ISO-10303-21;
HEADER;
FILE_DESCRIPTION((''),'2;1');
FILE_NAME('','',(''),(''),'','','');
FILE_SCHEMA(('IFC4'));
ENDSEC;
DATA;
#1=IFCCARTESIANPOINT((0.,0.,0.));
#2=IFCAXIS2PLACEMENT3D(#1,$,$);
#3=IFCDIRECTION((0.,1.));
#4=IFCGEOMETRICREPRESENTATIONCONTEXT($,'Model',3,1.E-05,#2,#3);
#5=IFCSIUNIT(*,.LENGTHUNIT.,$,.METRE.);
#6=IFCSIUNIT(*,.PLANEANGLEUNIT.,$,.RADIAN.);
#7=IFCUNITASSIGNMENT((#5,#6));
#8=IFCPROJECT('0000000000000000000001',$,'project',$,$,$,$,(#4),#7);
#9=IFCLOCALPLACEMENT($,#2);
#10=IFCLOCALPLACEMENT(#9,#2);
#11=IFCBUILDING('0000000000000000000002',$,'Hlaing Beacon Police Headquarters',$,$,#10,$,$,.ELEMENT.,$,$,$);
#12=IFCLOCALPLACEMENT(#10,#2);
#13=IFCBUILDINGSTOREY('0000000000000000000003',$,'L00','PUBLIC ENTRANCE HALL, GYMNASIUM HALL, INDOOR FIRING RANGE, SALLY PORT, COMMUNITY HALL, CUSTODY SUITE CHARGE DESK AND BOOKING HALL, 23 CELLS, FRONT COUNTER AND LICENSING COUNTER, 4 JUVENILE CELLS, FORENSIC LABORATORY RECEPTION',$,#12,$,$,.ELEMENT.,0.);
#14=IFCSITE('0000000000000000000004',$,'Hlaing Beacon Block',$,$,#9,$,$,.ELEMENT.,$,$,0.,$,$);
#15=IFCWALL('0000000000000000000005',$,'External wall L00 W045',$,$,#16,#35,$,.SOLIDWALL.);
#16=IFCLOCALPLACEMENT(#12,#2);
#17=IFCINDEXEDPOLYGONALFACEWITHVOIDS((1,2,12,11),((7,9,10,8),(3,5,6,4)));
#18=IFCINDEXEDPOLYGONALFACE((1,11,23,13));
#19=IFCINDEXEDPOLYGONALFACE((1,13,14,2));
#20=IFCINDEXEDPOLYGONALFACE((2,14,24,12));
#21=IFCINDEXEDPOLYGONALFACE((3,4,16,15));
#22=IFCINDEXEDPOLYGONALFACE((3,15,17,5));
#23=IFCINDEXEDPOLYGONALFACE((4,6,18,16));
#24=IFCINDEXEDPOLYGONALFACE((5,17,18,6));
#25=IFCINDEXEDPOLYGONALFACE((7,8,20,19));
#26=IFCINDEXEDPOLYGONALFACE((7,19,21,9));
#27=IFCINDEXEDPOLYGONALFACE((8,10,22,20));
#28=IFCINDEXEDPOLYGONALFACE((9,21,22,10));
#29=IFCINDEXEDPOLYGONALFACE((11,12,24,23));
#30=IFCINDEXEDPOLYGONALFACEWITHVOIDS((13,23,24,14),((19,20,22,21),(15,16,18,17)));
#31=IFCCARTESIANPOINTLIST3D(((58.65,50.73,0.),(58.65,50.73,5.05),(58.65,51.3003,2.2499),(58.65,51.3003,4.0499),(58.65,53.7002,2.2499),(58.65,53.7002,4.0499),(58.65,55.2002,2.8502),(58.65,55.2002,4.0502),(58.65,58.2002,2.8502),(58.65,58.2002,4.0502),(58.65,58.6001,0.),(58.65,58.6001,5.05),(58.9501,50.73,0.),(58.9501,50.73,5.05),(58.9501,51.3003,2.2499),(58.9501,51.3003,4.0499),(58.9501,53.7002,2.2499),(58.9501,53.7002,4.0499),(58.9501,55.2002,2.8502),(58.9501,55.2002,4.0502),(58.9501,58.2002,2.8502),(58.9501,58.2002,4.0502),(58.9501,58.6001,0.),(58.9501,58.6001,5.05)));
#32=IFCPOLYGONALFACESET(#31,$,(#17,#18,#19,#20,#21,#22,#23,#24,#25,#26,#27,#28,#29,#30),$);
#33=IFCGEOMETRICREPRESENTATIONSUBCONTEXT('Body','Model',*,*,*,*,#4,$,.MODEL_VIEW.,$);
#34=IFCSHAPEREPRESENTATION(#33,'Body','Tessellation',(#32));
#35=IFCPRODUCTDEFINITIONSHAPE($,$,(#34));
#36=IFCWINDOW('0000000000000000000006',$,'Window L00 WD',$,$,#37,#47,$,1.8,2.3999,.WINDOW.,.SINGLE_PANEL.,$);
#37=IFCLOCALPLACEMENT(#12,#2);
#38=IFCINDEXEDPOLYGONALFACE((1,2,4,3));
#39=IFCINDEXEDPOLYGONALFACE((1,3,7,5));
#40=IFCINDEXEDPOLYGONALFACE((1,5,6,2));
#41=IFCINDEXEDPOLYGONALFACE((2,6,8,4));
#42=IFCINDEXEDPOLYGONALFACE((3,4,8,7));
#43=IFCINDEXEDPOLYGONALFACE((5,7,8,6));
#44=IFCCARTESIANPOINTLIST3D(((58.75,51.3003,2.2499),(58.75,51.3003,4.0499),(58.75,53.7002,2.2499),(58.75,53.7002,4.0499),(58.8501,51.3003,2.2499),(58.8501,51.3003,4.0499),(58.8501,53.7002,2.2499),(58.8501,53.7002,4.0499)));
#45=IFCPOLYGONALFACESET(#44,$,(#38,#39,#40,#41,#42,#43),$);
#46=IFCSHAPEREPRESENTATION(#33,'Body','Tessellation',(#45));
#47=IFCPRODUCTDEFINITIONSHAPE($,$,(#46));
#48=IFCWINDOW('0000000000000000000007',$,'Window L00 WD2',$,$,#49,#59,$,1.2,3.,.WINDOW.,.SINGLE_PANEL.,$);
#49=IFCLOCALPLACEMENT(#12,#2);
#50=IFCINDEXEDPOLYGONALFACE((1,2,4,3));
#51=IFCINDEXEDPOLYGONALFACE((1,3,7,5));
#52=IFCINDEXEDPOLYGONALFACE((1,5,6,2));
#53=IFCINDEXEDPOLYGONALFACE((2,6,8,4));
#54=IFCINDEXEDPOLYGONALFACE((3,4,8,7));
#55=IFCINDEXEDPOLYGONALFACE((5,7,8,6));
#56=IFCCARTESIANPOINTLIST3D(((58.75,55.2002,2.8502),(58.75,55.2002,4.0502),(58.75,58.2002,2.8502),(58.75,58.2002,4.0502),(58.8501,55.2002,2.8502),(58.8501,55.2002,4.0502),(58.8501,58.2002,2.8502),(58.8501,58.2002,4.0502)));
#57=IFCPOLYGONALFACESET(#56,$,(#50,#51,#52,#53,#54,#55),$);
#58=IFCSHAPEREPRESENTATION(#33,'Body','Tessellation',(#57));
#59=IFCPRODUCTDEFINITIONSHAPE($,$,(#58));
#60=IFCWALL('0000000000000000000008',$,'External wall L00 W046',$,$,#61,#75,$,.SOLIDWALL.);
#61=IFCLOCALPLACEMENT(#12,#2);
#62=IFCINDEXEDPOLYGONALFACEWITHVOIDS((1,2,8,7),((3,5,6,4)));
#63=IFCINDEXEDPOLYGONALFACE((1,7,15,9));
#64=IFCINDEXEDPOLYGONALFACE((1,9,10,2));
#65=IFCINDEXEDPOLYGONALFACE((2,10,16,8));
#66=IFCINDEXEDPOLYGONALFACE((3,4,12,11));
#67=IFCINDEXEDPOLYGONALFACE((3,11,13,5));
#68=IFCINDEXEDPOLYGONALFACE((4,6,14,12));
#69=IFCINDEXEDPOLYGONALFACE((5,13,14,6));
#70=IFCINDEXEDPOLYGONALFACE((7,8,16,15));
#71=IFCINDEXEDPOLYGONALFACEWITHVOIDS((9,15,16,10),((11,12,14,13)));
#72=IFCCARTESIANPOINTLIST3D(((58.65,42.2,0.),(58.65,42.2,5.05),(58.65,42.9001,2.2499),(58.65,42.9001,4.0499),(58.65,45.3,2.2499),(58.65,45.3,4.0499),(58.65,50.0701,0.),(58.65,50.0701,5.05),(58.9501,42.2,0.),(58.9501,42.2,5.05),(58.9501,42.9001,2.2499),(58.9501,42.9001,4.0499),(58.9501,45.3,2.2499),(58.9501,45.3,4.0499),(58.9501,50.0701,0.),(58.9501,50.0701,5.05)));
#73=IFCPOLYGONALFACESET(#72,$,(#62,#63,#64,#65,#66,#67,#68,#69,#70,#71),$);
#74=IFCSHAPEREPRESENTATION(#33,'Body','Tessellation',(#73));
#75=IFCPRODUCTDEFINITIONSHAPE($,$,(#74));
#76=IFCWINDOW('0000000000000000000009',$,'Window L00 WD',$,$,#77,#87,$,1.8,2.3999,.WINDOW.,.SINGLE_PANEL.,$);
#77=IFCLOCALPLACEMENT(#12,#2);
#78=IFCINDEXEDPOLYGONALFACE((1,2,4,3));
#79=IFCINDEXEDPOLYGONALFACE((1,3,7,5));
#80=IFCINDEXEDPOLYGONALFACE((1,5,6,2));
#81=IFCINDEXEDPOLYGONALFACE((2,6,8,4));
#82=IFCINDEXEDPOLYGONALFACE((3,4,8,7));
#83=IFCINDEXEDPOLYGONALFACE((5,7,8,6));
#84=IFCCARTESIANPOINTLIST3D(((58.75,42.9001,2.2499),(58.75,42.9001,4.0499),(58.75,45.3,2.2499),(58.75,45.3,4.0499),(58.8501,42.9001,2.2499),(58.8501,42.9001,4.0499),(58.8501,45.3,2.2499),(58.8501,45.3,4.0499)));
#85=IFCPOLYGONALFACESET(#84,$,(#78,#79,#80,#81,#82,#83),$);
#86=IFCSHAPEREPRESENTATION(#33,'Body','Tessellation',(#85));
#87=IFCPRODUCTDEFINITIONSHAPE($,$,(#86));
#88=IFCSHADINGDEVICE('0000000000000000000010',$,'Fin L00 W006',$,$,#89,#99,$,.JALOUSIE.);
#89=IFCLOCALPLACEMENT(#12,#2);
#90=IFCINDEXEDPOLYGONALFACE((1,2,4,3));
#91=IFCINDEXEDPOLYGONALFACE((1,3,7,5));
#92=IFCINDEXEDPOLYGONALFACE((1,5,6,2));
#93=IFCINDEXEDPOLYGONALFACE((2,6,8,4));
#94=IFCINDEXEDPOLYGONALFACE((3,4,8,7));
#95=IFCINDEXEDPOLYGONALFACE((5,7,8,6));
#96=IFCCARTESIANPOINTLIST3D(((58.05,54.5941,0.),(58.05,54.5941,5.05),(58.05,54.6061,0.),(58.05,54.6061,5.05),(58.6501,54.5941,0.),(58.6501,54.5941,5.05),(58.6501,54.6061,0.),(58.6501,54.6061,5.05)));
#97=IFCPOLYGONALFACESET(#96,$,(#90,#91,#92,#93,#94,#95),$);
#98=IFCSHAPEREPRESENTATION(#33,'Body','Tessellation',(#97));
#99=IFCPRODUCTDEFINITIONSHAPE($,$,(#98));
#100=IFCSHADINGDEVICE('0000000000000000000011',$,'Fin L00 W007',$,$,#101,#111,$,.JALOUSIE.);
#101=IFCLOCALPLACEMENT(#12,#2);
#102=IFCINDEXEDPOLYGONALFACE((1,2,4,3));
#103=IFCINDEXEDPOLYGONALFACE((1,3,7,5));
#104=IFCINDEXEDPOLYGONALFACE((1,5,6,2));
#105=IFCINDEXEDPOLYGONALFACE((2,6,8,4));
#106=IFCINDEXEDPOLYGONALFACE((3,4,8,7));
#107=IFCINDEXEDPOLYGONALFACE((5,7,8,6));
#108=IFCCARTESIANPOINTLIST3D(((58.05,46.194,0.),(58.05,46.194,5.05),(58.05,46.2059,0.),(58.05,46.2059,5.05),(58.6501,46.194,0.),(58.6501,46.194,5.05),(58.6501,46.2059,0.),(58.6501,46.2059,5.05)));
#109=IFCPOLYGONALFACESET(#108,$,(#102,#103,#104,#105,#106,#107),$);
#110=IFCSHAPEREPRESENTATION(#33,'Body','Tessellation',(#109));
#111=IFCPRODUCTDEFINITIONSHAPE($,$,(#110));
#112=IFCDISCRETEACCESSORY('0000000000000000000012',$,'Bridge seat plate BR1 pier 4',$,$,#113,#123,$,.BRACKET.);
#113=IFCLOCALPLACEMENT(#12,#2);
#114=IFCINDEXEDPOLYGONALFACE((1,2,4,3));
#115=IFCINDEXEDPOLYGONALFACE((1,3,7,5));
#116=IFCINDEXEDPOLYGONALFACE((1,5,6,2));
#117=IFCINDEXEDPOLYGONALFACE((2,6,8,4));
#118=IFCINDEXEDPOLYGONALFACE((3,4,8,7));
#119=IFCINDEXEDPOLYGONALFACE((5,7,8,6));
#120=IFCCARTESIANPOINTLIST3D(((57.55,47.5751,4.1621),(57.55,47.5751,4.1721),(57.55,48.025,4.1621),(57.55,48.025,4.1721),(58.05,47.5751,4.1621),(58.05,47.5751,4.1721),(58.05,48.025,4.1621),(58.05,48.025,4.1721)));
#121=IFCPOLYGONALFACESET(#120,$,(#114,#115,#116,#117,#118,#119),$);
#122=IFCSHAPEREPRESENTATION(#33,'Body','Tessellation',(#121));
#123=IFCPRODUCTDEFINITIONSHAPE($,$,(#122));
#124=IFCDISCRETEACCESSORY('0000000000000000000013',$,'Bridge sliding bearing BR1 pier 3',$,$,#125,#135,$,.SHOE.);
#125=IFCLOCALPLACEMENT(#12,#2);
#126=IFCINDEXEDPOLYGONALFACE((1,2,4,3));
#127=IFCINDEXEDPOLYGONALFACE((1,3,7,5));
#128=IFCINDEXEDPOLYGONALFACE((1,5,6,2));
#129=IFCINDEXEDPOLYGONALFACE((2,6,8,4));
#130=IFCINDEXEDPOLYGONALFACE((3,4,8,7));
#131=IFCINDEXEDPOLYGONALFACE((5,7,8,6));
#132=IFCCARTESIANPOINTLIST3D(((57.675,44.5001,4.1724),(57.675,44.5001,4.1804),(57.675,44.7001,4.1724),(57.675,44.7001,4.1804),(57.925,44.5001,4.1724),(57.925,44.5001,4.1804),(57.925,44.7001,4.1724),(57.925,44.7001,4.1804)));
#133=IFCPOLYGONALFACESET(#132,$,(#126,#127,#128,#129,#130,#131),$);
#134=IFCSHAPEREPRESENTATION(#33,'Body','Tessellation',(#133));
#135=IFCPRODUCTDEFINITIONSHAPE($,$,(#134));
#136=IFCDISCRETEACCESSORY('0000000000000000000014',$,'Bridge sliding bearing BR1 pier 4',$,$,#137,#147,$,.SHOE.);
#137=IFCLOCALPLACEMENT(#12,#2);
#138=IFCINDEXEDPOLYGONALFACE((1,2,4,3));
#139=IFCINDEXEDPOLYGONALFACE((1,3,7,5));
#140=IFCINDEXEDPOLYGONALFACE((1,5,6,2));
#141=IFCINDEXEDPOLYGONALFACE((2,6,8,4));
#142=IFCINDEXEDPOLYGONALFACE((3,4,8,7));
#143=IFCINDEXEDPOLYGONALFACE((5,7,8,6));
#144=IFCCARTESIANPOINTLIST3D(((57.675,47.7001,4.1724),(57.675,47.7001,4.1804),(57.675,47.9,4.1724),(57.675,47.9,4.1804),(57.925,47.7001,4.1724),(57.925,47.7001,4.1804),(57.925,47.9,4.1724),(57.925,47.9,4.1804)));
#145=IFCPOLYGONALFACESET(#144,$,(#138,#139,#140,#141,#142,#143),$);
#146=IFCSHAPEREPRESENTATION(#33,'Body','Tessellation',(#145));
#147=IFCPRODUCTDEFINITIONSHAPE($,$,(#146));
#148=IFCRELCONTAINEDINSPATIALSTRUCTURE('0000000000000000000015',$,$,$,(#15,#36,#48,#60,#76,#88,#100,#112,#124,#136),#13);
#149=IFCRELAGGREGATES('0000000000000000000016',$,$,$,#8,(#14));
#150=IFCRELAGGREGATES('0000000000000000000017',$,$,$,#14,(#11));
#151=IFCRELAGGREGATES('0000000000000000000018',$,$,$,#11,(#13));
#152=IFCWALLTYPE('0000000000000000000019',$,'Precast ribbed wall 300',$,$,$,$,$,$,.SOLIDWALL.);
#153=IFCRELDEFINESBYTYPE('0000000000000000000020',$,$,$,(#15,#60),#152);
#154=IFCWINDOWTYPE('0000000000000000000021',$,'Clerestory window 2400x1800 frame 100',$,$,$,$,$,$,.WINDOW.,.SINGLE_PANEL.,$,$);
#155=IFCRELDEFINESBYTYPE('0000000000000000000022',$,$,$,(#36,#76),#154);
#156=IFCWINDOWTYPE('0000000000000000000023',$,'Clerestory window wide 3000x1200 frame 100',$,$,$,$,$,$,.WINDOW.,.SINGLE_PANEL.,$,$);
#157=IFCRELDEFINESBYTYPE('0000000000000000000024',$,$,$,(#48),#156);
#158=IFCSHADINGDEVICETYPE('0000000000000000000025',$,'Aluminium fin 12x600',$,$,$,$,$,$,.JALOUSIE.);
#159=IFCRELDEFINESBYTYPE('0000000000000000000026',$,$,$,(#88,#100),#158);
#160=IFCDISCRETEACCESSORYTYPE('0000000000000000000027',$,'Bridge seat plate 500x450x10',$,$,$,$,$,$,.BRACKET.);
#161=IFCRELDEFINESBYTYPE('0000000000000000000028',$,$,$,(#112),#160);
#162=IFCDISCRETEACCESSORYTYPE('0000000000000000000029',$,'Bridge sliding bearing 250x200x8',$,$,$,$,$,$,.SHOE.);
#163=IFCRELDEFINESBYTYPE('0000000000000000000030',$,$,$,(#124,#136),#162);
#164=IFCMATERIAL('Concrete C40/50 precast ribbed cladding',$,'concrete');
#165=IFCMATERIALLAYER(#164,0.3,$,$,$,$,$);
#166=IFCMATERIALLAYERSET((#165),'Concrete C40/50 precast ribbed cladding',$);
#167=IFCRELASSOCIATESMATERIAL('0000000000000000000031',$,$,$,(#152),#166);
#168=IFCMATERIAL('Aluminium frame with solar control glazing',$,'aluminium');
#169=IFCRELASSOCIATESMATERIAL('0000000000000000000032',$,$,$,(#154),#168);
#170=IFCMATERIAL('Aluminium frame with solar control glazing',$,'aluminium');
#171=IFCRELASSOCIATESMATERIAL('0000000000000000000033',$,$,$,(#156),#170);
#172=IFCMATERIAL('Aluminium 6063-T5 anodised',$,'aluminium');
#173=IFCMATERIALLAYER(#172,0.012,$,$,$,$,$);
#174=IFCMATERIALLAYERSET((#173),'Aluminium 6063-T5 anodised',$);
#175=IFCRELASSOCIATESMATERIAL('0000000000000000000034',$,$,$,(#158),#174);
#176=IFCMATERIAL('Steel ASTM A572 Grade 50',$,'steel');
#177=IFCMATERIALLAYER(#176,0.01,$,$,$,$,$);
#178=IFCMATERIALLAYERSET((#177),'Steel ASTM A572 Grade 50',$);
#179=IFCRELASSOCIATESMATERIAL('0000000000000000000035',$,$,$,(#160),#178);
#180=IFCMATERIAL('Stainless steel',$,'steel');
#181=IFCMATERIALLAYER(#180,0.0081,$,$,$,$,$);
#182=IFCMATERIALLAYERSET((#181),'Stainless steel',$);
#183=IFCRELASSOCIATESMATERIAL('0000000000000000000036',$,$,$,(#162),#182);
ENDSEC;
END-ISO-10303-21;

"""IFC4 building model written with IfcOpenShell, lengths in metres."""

from ifc_helpers import new_model, si_unit, direction, frame, frame_2d, origin, origin_2d, place, context, subcontext, project, spatial, rectangle, extrude, material, layer, layer_set, type_object, element, fill, save


model = new_model("IFC4")

# Units and contexts
model_context = context("Model", 3, precision=1e-05, world=origin(), true_north=direction((0.0, 1.0)))
body_context = subcontext(model_context, "Body", "Model", "MODEL_VIEW")
ifc_project = project(units=[si_unit("LENGTHUNIT", "METRE"), si_unit("PLANEANGLEUNIT", "RADIAN")], contexts=[model_context])

# Site, building, storey
site_placement = place(None, origin())
site = spatial("IfcSite", under=ifc_project, at=site_placement, Name="Hlaing Beacon Block", CompositionType="ELEMENT", RefElevation=0.0)
building_placement = place(site_placement, origin())
building = spatial("IfcBuilding", under=site, at=building_placement, Name="Hlaing Beacon Police Headquarters", CompositionType="ELEMENT")
storey_placement = place(building_placement, origin())
storey = spatial("IfcBuildingStorey", under=building, at=storey_placement, Name="L00", Description="PUBLIC ENTRANCE HALL, GYMNASIUM HALL, INDOOR FIRING RANGE, SALLY PORT, COMMUNITY HALL, CUSTODY SUITE CHARGE DESK AND BOOKING HALL, 23 CELLS, FRONT COUNTER AND LICENSING COUNTER, 4 JUVENILE CELLS, FORENSIC LABORATORY RECEPTION", CompositionType="ELEMENT", Elevation=0.0)

# Wall, openings, windows
ifc_material_1 = material(Name="Concrete C40/50 precast ribbed cladding", Category="concrete")
ifc_layer_1 = layer(ifc_material_1, 0.3)
ifc_layer_set_1 = layer_set([ifc_layer_1], Name="Concrete C40/50 precast ribbed cladding")
wall_type_1 = type_object("IfcWallType", Name="Precast ribbed wall 300", PredefinedType="SOLIDWALL", material=ifc_layer_set_1)
wall_1_placement = place(storey_placement, frame((58.8, 58.6001, 0.0), z_axis=(0.0, 0.0, 1.0), x_axis=(0.0, -1.0, 0.0)))
wall_1 = element("IfcWall", 1, at=wall_1_placement, inside=storey, type_object=wall_type_1, Name="External wall L00 W045", PredefinedType="SOLIDWALL", context=body_context, shape_type="SweptSolid", body=[
    extrude(rectangle(XDim=7.8701, YDim=0.3, at=frame_2d((3.9351, 0.0))), origin(), (0.0, 0.0, 1.0), 5.05),
])
opening_1_placement = place(wall_1_placement, frame((0.3999, 0.0, 2.8501)))
opening_1 = element("IfcOpeningElement", 2, at=opening_1_placement, cuts=wall_1, PredefinedType="OPENING", context=body_context, shape_type="SweptSolid", body=[
    extrude(rectangle(XDim=3.0, YDim=1.2, at=frame_2d((1.5, 0.6001))), frame((0.0, 0.1602, 0.0), z_axis=(0.0, -1.0, 0.0), x_axis=(1.0, 0.0, 0.0)), (0.0, 0.0, 1.0), 0.3201),
])
opening_2_placement = place(wall_1_placement, frame((4.8999, 0.0, 2.25)))
opening_2 = element("IfcOpeningElement", 3, at=opening_2_placement, cuts=wall_1, PredefinedType="OPENING", context=body_context, shape_type="SweptSolid", body=[
    extrude(rectangle(XDim=2.3999, YDim=1.8, at=frame_2d((1.2, 0.8999))), frame((0.0, 0.1602, 0.0), z_axis=(0.0, -1.0, 0.0), x_axis=(1.0, 0.0, 0.0)), (0.0, 0.0, 1.0), 0.3201),
])
ifc_material_2 = material(Name="Aluminium frame with solar control glazing", Category="aluminium")
window_type_1 = type_object("IfcWindowType", Name="Clerestory window 2400x1800 frame 100", PartitioningType="SINGLE_PANEL", PredefinedType="WINDOW", material=ifc_material_2)
window_1_placement = place(opening_2_placement, origin())
window_1 = element("IfcWindow", 4, at=window_1_placement, inside=storey, type_object=window_type_1, Name="Window L00 WD", OverallHeight=1.8, OverallWidth=2.3999, PartitioningType="SINGLE_PANEL", PredefinedType="WINDOW", context=body_context, shape_type="SweptSolid", body=[
    extrude(rectangle(XDim=2.3999, YDim=1.8, at=frame_2d((1.2, 0.8999))), frame((0.0, 0.05, 0.0), z_axis=(0.0, -1.0, 0.0), x_axis=(1.0, 0.0, 0.0)), (0.0, 0.0, 1.0), 0.1001),
])
fill(opening_2, window_1)
ifc_material_3 = material(Name="Aluminium frame with solar control glazing", Category="aluminium")
window_type_2 = type_object("IfcWindowType", Name="Clerestory window wide 3000x1200 frame 100", PartitioningType="SINGLE_PANEL", PredefinedType="WINDOW", material=ifc_material_3)
window_2_placement = place(opening_1_placement, origin())
window_2 = element("IfcWindow", 5, at=window_2_placement, inside=storey, type_object=window_type_2, Name="Window L00 WD2", OverallHeight=1.2, OverallWidth=3.0, PartitioningType="SINGLE_PANEL", PredefinedType="WINDOW", context=body_context, shape_type="SweptSolid", body=[
    extrude(rectangle(XDim=3.0, YDim=1.2, at=frame_2d((1.5, 0.6001))), frame((0.0, 0.05, 0.0), z_axis=(0.0, -1.0, 0.0), x_axis=(1.0, 0.0, 0.0)), (0.0, 0.0, 1.0), 0.1001),
])
fill(opening_1, window_2)

# Wall, opening, window
wall_2_placement = place(storey_placement, frame((58.8, 50.0701, 0.0), z_axis=(0.0, 0.0, 1.0), x_axis=(0.0, -1.0, 0.0)))
wall_2 = element("IfcWall", 6, at=wall_2_placement, inside=storey, type_object=wall_type_1, Name="External wall L00 W046", PredefinedType="SOLIDWALL", context=body_context, shape_type="SweptSolid", body=[
    extrude(rectangle(XDim=7.8701, YDim=0.3, at=frame_2d((3.9351, 0.0))), origin(), (0.0, 0.0, 1.0), 5.05),
])
opening_3_placement = place(wall_2_placement, frame((4.77, 0.0, 2.25)))
opening_3 = element("IfcOpeningElement", 7, at=opening_3_placement, cuts=wall_2, PredefinedType="OPENING", context=body_context, shape_type="SweptSolid", body=[
    extrude(rectangle(XDim=2.3999, YDim=1.8, at=frame_2d((1.2, 0.8999))), frame((0.0, 0.1602, 0.0), z_axis=(0.0, -1.0, 0.0), x_axis=(1.0, 0.0, 0.0)), (0.0, 0.0, 1.0), 0.3201),
])
window_3_placement = place(opening_3_placement, origin())
window_3 = element("IfcWindow", 8, at=window_3_placement, inside=storey, type_object=window_type_1, Name="Window L00 WD", OverallHeight=1.8, OverallWidth=2.3999, PartitioningType="SINGLE_PANEL", PredefinedType="WINDOW", context=body_context, shape_type="SweptSolid", body=[
    extrude(rectangle(XDim=2.3999, YDim=1.8, at=frame_2d((1.2, 0.8999))), frame((0.0, 0.05, 0.0), z_axis=(0.0, -1.0, 0.0), x_axis=(1.0, 0.0, 0.0)), (0.0, 0.0, 1.0), 0.1001),
])
fill(opening_3, window_3)

# Shading devices
ifc_material_4 = material(Name="Aluminium 6063-T5 anodised", Category="aluminium")
ifc_layer_2 = layer(ifc_material_4, 0.012)
ifc_layer_set_2 = layer_set([ifc_layer_2], Name="Aluminium 6063-T5 anodised")
shading_device_type = type_object("IfcShadingDeviceType", Name="Aluminium fin 12x600", PredefinedType="JALOUSIE", material=ifc_layer_set_2)
for number, where, z_axis, x_axis, name in (
    (9, (58.3501, 54.6001, 0.0), (0.0, 0.0, 1.0), (0.0, -1.0, 0.0), "Fin L00 W006"),
    (10, (58.3501, 46.2, 0.0), (0.0, 0.0, 1.0), (0.0, -1.0, 0.0), "Fin L00 W007"),
):
    element("IfcShadingDevice", number, at=place(storey_placement, frame(where, z_axis=z_axis, x_axis=x_axis)), inside=storey, type_object=shading_device_type, Name=name, PredefinedType="JALOUSIE", context=body_context, shape_type="SweptSolid", body=[
        extrude(rectangle(XDim=0.012, YDim=0.6001, at=origin_2d()), origin(), (0.0, 0.0, 1.0), 5.05),
    ])

# Discrete accessories
ifc_material_5 = material(Name="Steel ASTM A572 Grade 50", Category="steel")
ifc_layer_3 = layer(ifc_material_5, 0.01)
ifc_layer_set_3 = layer_set([ifc_layer_3], Name="Steel ASTM A572 Grade 50")
discrete_accessory_type_1 = type_object("IfcDiscreteAccessoryType", Name="Bridge seat plate 500x450x10", PredefinedType="BRACKET", material=ifc_layer_set_3)
discrete_accessory_placement = place(storey_placement, frame((57.8, 47.8, 4.1621), z_axis=(0.0, 0.0, 1.0), x_axis=(1.0, 0.0, 0.0)))
element("IfcDiscreteAccessory", 11, at=discrete_accessory_placement, inside=storey, type_object=discrete_accessory_type_1, Name="Bridge seat plate BR1 pier 4", PredefinedType="BRACKET", context=body_context, shape_type="SweptSolid", body=[
    extrude(rectangle(XDim=0.5, YDim=0.45, at=origin_2d()), origin(), (0.0, 0.0, 1.0), 0.01),
])
ifc_material_6 = material(Name="Stainless steel", Category="steel")
ifc_layer_4 = layer(ifc_material_6, 0.0081)
ifc_layer_set_4 = layer_set([ifc_layer_4], Name="Stainless steel")
discrete_accessory_type_2 = type_object("IfcDiscreteAccessoryType", Name="Bridge sliding bearing 250x200x8", PredefinedType="SHOE", material=ifc_layer_set_4)
for number, where, z_axis, x_axis, name in (
    (12, (57.8, 44.6001, 4.1724), (0.0, 0.0, 1.0), (1.0, 0.0, 0.0), "Bridge sliding bearing BR1 pier 3"),
    (13, (57.8, 47.8, 4.1724), (0.0, 0.0, 1.0), (1.0, 0.0, 0.0), "Bridge sliding bearing BR1 pier 4"),
):
    element("IfcDiscreteAccessory", number, at=place(storey_placement, frame(where, z_axis=z_axis, x_axis=x_axis)), inside=storey, type_object=discrete_accessory_type_2, Name=name, PredefinedType="SHOE", context=body_context, shape_type="SweptSolid", body=[
        extrude(rectangle(XDim=0.25, YDim=0.2, at=origin_2d()), origin(), (0.0, 0.0, 1.0), 0.0081),
    ])

save(model, "model.ifc")
